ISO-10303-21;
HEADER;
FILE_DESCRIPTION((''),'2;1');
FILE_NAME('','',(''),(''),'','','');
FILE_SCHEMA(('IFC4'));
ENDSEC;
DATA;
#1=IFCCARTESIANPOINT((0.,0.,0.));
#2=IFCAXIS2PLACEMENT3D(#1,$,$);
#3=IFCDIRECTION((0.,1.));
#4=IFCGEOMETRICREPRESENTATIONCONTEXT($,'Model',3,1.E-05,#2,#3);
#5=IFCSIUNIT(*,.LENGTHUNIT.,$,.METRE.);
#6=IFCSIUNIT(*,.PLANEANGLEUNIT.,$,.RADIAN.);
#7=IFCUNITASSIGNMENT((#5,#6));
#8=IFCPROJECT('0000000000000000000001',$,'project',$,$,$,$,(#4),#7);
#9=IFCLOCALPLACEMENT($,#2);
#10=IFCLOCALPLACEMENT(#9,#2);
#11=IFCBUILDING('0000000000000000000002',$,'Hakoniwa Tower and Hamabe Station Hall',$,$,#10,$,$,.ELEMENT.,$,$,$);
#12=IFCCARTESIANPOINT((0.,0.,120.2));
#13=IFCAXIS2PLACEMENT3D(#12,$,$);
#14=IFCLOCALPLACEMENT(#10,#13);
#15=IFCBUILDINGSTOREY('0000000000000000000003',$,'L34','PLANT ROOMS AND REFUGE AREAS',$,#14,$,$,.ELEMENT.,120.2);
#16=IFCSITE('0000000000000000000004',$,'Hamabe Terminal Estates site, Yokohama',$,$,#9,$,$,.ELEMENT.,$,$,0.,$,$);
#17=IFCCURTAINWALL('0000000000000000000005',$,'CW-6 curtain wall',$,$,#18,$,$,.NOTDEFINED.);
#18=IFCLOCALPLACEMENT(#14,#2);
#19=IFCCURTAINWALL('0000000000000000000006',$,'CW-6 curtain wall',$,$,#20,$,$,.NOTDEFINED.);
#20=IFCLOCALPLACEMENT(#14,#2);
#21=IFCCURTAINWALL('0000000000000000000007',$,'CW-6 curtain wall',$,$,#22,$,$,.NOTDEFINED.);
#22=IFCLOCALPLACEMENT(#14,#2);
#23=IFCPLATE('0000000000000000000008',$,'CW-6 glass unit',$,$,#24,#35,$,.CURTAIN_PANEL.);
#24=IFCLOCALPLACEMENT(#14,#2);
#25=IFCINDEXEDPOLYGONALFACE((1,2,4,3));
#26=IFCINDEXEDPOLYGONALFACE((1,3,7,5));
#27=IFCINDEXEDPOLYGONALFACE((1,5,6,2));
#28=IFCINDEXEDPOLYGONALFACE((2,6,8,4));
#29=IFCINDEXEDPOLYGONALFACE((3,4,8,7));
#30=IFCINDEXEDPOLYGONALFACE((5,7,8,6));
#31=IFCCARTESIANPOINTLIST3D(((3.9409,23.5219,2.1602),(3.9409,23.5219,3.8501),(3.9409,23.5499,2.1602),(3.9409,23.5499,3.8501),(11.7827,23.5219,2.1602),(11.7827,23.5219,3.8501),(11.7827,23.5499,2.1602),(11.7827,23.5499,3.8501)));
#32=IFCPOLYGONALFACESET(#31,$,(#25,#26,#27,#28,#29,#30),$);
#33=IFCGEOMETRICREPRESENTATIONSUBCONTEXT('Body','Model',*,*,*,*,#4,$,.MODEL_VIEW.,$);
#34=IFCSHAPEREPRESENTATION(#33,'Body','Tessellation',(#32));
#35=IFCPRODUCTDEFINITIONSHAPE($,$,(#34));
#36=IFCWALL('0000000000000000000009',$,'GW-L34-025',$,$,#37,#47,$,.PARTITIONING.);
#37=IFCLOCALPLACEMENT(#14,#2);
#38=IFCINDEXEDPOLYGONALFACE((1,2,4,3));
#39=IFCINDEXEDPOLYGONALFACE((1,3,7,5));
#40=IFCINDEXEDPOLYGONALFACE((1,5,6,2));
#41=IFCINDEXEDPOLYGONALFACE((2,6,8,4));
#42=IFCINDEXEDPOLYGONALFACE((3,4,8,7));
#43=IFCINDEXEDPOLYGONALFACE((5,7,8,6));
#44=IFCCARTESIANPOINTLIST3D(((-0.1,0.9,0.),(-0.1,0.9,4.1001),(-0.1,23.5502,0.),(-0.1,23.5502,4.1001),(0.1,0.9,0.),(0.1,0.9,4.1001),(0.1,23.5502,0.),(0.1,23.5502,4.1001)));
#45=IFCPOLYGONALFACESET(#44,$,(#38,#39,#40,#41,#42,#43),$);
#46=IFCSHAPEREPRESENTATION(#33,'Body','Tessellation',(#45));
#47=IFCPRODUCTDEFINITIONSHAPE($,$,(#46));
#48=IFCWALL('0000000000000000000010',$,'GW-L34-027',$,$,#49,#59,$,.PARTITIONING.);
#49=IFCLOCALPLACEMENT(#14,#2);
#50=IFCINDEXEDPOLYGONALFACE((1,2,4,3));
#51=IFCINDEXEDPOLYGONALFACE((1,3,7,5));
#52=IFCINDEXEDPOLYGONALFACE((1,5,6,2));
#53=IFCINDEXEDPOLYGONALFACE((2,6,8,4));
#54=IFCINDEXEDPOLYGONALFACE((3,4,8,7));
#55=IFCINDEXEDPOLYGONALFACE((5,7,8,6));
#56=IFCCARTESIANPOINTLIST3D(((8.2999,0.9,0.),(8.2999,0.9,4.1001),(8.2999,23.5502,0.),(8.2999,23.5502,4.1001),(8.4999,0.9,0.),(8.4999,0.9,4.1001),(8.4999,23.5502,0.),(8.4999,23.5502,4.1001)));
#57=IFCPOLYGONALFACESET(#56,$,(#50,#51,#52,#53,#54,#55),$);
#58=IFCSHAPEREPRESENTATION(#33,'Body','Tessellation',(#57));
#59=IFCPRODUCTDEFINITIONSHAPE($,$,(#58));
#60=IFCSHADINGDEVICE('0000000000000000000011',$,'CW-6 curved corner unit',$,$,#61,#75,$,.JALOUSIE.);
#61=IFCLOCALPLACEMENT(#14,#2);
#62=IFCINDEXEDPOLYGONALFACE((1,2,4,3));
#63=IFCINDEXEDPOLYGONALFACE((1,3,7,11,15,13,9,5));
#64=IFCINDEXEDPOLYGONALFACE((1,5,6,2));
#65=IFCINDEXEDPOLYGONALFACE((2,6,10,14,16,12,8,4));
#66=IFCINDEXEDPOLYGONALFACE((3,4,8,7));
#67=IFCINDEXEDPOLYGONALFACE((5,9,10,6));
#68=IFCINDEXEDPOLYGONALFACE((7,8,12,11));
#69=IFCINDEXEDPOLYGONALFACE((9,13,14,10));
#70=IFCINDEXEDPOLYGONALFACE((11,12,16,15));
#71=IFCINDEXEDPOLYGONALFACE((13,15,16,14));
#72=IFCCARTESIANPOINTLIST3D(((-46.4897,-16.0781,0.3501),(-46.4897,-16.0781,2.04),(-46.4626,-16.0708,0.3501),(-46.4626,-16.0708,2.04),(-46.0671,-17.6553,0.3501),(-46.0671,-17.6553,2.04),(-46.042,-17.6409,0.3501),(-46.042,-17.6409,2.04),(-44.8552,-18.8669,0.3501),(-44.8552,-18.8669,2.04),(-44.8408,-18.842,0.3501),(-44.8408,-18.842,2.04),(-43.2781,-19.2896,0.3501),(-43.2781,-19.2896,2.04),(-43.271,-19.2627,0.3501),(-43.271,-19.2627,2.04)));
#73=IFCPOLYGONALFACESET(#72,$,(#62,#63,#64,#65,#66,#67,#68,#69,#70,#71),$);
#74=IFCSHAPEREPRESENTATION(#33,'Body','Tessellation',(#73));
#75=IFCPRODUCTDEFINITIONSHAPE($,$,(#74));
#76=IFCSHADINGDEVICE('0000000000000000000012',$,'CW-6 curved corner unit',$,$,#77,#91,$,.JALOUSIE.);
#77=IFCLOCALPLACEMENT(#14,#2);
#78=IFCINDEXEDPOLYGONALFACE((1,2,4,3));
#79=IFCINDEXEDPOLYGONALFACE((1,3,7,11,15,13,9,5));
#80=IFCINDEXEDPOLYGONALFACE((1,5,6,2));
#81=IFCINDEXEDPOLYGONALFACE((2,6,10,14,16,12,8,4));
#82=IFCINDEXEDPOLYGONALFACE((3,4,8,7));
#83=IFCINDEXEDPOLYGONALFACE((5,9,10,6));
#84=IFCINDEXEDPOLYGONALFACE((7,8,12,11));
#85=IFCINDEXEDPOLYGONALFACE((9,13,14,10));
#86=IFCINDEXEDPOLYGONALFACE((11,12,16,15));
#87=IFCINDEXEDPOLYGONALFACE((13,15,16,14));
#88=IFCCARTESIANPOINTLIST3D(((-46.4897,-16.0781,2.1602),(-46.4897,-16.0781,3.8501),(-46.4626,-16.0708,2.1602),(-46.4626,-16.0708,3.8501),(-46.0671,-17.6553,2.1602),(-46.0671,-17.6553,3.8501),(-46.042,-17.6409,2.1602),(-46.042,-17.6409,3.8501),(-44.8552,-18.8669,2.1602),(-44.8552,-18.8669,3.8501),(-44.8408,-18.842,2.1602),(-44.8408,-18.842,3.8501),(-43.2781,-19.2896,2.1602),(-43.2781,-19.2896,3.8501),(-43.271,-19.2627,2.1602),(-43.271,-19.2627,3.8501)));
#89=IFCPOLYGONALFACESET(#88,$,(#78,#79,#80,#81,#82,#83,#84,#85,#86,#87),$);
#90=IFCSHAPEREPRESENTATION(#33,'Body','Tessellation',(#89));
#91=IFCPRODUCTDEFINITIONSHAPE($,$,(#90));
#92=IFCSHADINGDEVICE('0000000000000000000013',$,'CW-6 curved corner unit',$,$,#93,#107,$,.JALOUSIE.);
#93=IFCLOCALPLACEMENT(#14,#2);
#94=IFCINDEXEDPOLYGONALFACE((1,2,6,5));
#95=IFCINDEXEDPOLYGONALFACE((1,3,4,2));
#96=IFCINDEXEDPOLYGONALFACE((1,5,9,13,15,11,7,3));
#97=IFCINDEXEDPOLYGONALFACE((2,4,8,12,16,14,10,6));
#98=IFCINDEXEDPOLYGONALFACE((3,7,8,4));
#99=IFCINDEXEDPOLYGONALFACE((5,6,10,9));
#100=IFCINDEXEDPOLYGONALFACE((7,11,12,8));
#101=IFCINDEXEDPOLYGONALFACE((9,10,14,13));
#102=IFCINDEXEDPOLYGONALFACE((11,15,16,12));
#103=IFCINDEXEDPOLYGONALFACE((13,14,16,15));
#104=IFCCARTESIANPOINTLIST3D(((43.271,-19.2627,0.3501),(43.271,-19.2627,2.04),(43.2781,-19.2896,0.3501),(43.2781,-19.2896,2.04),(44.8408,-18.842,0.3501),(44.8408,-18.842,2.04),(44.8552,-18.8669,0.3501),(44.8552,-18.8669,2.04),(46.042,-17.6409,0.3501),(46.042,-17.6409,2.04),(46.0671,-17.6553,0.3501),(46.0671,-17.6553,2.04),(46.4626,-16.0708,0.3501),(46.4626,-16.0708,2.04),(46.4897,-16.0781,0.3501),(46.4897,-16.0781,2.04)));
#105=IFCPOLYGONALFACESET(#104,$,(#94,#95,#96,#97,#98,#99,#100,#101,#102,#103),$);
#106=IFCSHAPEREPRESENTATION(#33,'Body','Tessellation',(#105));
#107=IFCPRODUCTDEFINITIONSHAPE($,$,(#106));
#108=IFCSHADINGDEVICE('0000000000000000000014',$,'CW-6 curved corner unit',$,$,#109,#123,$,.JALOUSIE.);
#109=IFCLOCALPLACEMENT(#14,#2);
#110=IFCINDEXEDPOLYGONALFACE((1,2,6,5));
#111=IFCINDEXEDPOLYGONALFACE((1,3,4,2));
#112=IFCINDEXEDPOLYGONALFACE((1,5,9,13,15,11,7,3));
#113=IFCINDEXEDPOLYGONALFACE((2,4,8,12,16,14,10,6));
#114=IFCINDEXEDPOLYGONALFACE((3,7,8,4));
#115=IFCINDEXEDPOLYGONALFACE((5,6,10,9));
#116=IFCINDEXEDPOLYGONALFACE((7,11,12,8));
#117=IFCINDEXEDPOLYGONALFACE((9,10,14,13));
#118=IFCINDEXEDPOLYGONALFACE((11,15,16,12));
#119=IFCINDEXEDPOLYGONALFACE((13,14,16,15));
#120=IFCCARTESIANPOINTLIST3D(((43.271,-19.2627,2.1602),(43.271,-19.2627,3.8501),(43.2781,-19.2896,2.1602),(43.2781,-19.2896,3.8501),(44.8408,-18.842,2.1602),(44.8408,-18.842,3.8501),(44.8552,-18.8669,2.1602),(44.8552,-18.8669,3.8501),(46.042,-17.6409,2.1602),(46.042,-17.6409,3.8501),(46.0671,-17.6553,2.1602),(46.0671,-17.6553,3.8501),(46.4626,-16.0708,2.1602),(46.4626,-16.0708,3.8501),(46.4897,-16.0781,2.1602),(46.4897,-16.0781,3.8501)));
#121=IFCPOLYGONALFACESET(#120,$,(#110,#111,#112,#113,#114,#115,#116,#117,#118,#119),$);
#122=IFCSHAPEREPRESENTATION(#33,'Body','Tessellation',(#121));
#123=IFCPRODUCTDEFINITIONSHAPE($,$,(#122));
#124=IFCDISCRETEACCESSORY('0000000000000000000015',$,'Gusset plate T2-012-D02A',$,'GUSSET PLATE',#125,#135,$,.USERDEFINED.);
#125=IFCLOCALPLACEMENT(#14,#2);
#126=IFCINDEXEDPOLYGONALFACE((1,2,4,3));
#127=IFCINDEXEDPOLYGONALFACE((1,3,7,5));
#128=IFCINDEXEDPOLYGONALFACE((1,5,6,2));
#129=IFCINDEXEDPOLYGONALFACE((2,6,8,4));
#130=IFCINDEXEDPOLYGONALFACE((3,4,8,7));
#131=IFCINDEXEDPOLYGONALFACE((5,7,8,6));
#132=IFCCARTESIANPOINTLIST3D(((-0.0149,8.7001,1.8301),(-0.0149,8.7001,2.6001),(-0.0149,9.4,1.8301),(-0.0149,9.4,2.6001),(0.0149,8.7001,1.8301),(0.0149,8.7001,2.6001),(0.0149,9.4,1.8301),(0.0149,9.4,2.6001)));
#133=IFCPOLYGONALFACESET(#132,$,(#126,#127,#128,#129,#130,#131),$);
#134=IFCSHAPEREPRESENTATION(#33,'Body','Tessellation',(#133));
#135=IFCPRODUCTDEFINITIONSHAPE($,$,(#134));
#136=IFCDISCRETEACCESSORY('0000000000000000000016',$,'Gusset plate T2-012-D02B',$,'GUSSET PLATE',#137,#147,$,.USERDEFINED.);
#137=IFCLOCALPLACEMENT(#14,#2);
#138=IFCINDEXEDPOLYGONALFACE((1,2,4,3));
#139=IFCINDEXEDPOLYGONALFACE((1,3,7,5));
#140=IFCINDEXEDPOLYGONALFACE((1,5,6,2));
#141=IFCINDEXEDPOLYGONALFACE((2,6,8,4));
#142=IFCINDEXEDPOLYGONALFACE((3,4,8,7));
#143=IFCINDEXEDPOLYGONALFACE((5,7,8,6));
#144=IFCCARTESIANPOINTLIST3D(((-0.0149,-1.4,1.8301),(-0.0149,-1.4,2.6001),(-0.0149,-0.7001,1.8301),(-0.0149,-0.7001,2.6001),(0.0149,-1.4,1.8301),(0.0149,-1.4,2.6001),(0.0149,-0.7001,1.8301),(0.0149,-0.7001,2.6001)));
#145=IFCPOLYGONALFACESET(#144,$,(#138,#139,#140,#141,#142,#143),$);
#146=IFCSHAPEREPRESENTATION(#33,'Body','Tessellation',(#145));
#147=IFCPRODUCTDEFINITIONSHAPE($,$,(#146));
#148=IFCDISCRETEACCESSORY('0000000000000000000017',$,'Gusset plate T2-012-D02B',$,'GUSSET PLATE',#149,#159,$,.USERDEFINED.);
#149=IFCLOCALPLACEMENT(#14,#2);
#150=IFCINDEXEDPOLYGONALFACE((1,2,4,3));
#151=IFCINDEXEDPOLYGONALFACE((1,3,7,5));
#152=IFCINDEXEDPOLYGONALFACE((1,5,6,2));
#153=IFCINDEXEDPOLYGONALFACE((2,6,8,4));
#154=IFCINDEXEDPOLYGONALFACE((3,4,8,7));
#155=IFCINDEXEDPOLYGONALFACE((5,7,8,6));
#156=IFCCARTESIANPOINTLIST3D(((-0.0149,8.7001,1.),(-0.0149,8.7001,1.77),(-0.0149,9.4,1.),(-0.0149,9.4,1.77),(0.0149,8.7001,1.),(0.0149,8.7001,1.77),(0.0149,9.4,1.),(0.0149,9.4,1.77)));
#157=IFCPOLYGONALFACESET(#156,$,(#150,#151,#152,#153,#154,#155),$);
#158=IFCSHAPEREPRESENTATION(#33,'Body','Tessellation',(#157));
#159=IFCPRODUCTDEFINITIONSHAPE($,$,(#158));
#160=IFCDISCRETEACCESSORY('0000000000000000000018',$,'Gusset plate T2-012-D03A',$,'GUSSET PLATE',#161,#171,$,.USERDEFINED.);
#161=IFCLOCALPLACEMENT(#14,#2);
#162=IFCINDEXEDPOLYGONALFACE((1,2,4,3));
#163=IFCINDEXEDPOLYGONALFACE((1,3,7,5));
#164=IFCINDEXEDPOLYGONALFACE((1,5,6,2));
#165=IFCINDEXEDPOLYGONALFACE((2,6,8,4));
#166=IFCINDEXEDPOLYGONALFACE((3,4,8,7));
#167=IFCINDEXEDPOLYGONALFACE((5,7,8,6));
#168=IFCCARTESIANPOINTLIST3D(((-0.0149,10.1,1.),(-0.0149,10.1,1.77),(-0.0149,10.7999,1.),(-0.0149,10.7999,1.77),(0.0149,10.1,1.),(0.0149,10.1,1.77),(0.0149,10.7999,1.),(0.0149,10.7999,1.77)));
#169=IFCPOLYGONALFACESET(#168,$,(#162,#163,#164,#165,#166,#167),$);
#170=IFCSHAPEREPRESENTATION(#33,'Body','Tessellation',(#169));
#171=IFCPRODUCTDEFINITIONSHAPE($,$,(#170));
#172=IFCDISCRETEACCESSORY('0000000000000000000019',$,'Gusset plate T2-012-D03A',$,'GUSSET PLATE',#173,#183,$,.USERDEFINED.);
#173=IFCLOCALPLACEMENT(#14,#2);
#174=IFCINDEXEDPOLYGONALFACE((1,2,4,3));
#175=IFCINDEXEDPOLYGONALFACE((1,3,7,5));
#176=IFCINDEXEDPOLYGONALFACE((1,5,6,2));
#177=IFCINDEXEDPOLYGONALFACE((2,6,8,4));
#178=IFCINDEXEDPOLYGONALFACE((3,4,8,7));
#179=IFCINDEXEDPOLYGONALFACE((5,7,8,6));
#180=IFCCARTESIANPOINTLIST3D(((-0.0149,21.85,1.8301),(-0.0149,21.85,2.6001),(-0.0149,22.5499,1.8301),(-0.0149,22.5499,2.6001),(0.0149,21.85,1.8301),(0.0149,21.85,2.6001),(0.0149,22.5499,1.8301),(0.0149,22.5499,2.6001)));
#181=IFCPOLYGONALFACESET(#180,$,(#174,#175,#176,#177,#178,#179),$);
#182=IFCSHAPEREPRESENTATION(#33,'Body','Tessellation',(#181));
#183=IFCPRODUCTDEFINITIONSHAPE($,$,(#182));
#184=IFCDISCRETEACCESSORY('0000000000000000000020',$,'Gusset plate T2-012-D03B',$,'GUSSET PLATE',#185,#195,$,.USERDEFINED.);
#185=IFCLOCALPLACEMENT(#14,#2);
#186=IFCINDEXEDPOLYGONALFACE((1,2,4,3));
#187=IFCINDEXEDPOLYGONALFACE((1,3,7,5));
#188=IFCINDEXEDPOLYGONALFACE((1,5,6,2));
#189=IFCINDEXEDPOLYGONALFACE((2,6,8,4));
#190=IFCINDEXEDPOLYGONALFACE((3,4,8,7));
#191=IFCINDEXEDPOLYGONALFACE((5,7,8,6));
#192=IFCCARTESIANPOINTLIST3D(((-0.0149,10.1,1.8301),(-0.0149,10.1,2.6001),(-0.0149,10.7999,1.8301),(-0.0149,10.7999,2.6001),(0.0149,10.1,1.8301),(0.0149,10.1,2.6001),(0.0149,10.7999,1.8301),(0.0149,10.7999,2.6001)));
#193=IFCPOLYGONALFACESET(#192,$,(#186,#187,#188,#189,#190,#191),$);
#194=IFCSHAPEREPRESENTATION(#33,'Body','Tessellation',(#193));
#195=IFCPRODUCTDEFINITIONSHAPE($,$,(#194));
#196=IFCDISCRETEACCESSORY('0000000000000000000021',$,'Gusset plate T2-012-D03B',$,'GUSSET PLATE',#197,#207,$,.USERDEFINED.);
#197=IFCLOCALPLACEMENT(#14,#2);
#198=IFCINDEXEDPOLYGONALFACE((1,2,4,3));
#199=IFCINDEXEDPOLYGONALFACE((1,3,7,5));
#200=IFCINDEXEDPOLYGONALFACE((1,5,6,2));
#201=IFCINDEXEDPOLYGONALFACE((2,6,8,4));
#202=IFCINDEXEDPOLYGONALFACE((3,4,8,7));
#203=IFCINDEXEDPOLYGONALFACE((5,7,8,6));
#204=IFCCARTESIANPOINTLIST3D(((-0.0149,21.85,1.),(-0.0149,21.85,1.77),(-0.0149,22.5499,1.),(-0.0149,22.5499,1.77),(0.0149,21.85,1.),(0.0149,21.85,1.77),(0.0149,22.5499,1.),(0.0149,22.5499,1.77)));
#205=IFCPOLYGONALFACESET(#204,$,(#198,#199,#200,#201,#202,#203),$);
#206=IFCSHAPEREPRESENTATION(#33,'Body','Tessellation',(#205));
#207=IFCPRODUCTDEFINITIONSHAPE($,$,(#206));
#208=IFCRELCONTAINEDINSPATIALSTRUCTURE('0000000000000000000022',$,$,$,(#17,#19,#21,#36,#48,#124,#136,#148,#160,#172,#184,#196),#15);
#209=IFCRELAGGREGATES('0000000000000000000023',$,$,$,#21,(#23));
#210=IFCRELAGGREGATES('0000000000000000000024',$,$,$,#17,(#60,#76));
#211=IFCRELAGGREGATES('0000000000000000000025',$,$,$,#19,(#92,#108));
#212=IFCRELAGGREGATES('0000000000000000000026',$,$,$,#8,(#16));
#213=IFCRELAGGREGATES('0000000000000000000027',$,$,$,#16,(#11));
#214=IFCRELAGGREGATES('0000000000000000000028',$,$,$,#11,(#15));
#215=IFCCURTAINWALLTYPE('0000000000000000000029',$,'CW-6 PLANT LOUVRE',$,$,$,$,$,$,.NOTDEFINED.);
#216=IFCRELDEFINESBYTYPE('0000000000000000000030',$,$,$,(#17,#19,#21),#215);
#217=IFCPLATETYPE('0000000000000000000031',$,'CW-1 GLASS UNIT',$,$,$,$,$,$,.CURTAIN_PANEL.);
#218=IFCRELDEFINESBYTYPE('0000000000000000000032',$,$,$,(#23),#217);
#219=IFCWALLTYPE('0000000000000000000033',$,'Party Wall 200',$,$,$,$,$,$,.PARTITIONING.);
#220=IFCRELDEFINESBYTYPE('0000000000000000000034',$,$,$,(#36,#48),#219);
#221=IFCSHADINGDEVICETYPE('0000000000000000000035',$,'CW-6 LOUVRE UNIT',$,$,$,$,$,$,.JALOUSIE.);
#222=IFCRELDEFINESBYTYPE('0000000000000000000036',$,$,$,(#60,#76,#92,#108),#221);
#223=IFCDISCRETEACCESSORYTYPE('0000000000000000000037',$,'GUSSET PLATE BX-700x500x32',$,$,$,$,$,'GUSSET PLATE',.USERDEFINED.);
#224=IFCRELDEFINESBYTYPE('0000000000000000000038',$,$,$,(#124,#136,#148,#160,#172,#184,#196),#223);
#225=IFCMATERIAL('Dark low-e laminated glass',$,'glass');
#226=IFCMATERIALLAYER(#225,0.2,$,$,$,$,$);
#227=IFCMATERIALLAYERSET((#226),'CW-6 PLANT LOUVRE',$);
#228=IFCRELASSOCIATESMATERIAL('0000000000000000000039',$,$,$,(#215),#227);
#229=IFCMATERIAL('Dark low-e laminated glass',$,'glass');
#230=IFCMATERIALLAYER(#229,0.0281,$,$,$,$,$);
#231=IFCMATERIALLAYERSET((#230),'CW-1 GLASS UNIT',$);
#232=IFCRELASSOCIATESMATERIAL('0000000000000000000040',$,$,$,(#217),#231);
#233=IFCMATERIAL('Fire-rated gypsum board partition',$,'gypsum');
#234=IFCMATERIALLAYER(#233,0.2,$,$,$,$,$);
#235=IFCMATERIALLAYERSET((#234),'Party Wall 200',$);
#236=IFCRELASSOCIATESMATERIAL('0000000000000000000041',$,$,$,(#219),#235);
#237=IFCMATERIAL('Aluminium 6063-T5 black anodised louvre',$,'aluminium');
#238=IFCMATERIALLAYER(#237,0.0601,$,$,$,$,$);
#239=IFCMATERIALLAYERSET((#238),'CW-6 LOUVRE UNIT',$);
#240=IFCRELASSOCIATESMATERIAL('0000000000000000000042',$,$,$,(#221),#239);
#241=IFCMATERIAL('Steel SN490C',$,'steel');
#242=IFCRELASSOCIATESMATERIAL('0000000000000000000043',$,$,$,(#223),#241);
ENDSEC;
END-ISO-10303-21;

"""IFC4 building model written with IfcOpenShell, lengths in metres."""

from ifc_helpers import new_model, si_unit, direction, frame, frame_2d, origin, origin_2d, place, context, subcontext, project, spatial, polyline, rectangle, outline, extrude, material, layer, layer_set, material_profile, profile_set, type_object, element, aggregate, save


model = new_model("IFC4")

# Units and contexts
model_context = context("Model", 3, precision=1e-05, world=origin(), true_north=direction((0.0, 1.0)))
body_context = subcontext(model_context, "Body", "Model", "MODEL_VIEW")
ifc_project = project(units=[si_unit("LENGTHUNIT", "METRE"), si_unit("PLANEANGLEUNIT", "RADIAN")], contexts=[model_context])

# Site, building, storey
site_placement = place(None, origin())
site = spatial("IfcSite", under=ifc_project, at=site_placement, Name="Hamabe Terminal Estates site, Yokohama", CompositionType="ELEMENT", RefElevation=0.0)
building_placement = place(site_placement, origin())
building = spatial("IfcBuilding", under=site, at=building_placement, Name="Hakoniwa Tower and Hamabe Station Hall", CompositionType="ELEMENT")
storey_placement = place(building_placement, frame((0.0, 0.0, 120.2)))
storey = spatial("IfcBuildingStorey", under=building, at=storey_placement, Name="L34", Description="PLANT ROOMS AND REFUGE AREAS", CompositionType="ELEMENT", Elevation=120.2)

# Curtain walls
ifc_material_1 = material(Name="Dark low-e laminated glass", Category="glass")
ifc_layer_1 = layer(ifc_material_1, 0.2)
ifc_layer_set_1 = layer_set([ifc_layer_1], Name="CW-6 PLANT LOUVRE")
curtain_wall_type = type_object("IfcCurtainWallType", Name="CW-6 PLANT LOUVRE", PredefinedType="NOTDEFINED", material=ifc_layer_set_1)
curtain_wall_1_placement = place(storey_placement, origin())
curtain_wall_1 = element("IfcCurtainWall", 1, at=curtain_wall_1_placement, inside=storey, type_object=curtain_wall_type, Name="CW-6 curtain wall", PredefinedType="NOTDEFINED")
curtain_wall_2_placement = place(storey_placement, origin())
curtain_wall_2 = element("IfcCurtainWall", 2, at=curtain_wall_2_placement, inside=storey, type_object=curtain_wall_type, Name="CW-6 curtain wall", PredefinedType="NOTDEFINED")

# Curtain wall, plate
curtain_wall_3_placement = place(storey_placement, origin())
curtain_wall_3 = element("IfcCurtainWall", 3, at=curtain_wall_3_placement, inside=storey, type_object=curtain_wall_type, Name="CW-6 curtain wall", PredefinedType="NOTDEFINED")
ifc_material_2 = material(Name="Dark low-e laminated glass", Category="glass")
ifc_layer_2 = layer(ifc_material_2, 0.0281)
ifc_layer_set_2 = layer_set([ifc_layer_2], Name="CW-1 GLASS UNIT")
plate_type = type_object("IfcPlateType", Name="CW-1 GLASS UNIT", PredefinedType="CURTAIN_PANEL", material=ifc_layer_set_2)
plate_1_placement = place(storey_placement, frame((7.8618, 23.5359, 2.1602), z_axis=(0.0, 0.0, 1.0), x_axis=(-1.0, 0.0, 0.0)))
plate_1 = element("IfcPlate", 4, at=plate_1_placement, type_object=plate_type, Name="CW-6 glass unit", PredefinedType="CURTAIN_PANEL", context=body_context, shape_type="SweptSolid", body=[
    extrude(rectangle(XDim=7.8418, YDim=0.0281, at=origin_2d()), origin(), (0.0, 0.0, 1.0), 1.6899),
])
aggregate(curtain_wall_3, [plate_1])

# Walls
ifc_material_3 = material(Name="Fire-rated gypsum board partition", Category="gypsum")
ifc_layer_3 = layer(ifc_material_3, 0.2)
ifc_layer_set_3 = layer_set([ifc_layer_3], Name="Party Wall 200")
wall_type = type_object("IfcWallType", Name="Party Wall 200", PredefinedType="PARTITIONING", material=ifc_layer_set_3)
for number, where, z_axis, x_axis, name in (
    (5, (0.0, 0.8999, 0.0), (0.0, 0.0, 1.0), (0.0, 1.0, 0.0), "GW-L34-025"),
    (6, (8.3999, 0.8999, 0.0), (0.0, 0.0, 1.0), (0.0, 1.0, 0.0), "GW-L34-027"),
):
    element("IfcWall", number, at=place(storey_placement, frame(where, z_axis=z_axis, x_axis=x_axis)), inside=storey, type_object=wall_type, Name=name, PredefinedType="PARTITIONING", context=body_context, shape_type="SweptSolid", body=[
        extrude(rectangle(XDim=22.6501, YDim=0.2, at=frame_2d((11.3252, 0.0))), origin(), (0.0, 0.0, 1.0), 4.1001),
    ])

# Shading devices
ifc_material_4 = material(Name="Aluminium 6063-T5 black anodised louvre", Category="aluminium")
ifc_layer_4 = layer(ifc_material_4, 0.0601)
ifc_layer_set_4 = layer_set([ifc_layer_4], Name="CW-6 LOUVRE UNIT")
shading_device_type = type_object("IfcShadingDeviceType", Name="CW-6 LOUVRE UNIT", PredefinedType="JALOUSIE", material=ifc_layer_set_4)
shading_device_1_placement = place(storey_placement, frame((0.0, 0.0, 0.3501)))
shading_device_1 = element("IfcShadingDevice", 7, at=shading_device_1_placement, type_object=shading_device_type, Name="CW-6 curved corner unit", PredefinedType="JALOUSIE", context=body_context, shape_type="SweptSolid", body=[
    extrude(outline(polyline([(-46.4897, -16.0781), (-46.0671, -17.6553), (-44.8552, -18.8669), (-43.2781, -19.2896), (-43.271, -19.2627), (-44.8408, -18.842), (-46.042, -17.6409), (-46.4626, -16.0708), (-46.4897, -16.0781)])), origin(), (0.0, 0.0, 1.0), 1.6899),
])
shading_device_2_placement = place(storey_placement, frame((0.0, 0.0, 2.1602)))
shading_device_2 = element("IfcShadingDevice", 8, at=shading_device_2_placement, type_object=shading_device_type, Name="CW-6 curved corner unit", PredefinedType="JALOUSIE", context=body_context, shape_type="SweptSolid", body=[
    extrude(outline(polyline([(-46.4897, -16.0781), (-46.0671, -17.6553), (-44.8552, -18.8669), (-43.2781, -19.2896), (-43.271, -19.2627), (-44.8408, -18.842), (-46.042, -17.6409), (-46.4626, -16.0708), (-46.4897, -16.0781)])), origin(), (0.0, 0.0, 1.0), 1.6899),
])
aggregate(curtain_wall_1, [shading_device_1, shading_device_2])
shading_device_3_placement = place(storey_placement, frame((0.0, 0.0, 0.3501)))
shading_device_3 = element("IfcShadingDevice", 9, at=shading_device_3_placement, type_object=shading_device_type, Name="CW-6 curved corner unit", PredefinedType="JALOUSIE", context=body_context, shape_type="SweptSolid", body=[
    extrude(outline(polyline([(43.2781, -19.2896), (44.8552, -18.8669), (46.0671, -17.6553), (46.4897, -16.0781), (46.4626, -16.0708), (46.042, -17.6409), (44.8408, -18.842), (43.271, -19.2627), (43.2781, -19.2896)])), origin(), (0.0, 0.0, 1.0), 1.6899),
])
shading_device_4_placement = place(storey_placement, frame((0.0, 0.0, 2.1602)))
shading_device_4 = element("IfcShadingDevice", 10, at=shading_device_4_placement, type_object=shading_device_type, Name="CW-6 curved corner unit", PredefinedType="JALOUSIE", context=body_context, shape_type="SweptSolid", body=[
    extrude(outline(polyline([(43.2781, -19.2896), (44.8552, -18.8669), (46.0671, -17.6553), (46.4897, -16.0781), (46.4626, -16.0708), (46.042, -17.6409), (44.8408, -18.842), (43.271, -19.2627), (43.2781, -19.2896)])), origin(), (0.0, 0.0, 1.0), 1.6899),
])
aggregate(curtain_wall_2, [shading_device_3, shading_device_4])

# Discrete accessories
ifc_material_5 = material(Name="Steel SN490C", Category="steel")
ifc_material_profile_1 = material_profile(ifc_material_5, rectangle(XDim=0.7, YDim=0.77, at=origin_2d()), Name="GUSSET PLATE BX-700x500x32")
ifc_profile_set_1 = profile_set([ifc_material_profile_1], Name="Steel SN490C")
discrete_accessory_type = type_object("IfcDiscreteAccessoryType", Name="GUSSET PLATE BX-700x500x32", ElementType="GUSSET PLATE", PredefinedType="USERDEFINED", material=ifc_profile_set_1)
for number, where, z_axis, x_axis, name in (
    (11, (0.0149, 9.05, 2.2151), (-1.0, 0.0, 0.0), (0.0, -1.0, 0.0), "Gusset plate T2-012-D02A"),
    (12, (0.0149, -1.05, 2.2151), (-1.0, 0.0, 0.0), (0.0, -1.0, 0.0), "Gusset plate T2-012-D02B"),
    (13, (0.0149, 9.05, 1.385), (-1.0, 0.0, 0.0), (0.0, -1.0, 0.0), "Gusset plate T2-012-D02B"),
    (14, (0.0149, 10.45, 1.385), (-1.0, 0.0, 0.0), (0.0, -1.0, 0.0), "Gusset plate T2-012-D03A"),
    (15, (0.0149, 22.2, 2.2151), (-1.0, 0.0, 0.0), (0.0, -1.0, 0.0), "Gusset plate T2-012-D03A"),
    (16, (0.0149, 10.45, 2.2151), (-1.0, 0.0, 0.0), (0.0, -1.0, 0.0), "Gusset plate T2-012-D03B"),
    (17, (0.0149, 22.2, 1.385), (-1.0, 0.0, 0.0), (0.0, -1.0, 0.0), "Gusset plate T2-012-D03B"),
):
    element("IfcDiscreteAccessory", number, at=place(storey_placement, frame(where, z_axis=z_axis, x_axis=x_axis)), inside=storey, type_object=discrete_accessory_type, Name=name, ObjectType="GUSSET PLATE", PredefinedType="USERDEFINED", context=body_context, shape_type="SweptSolid", body=[
        extrude(rectangle(XDim=0.7, YDim=0.77, at=origin_2d()), origin(), (0.0, 0.0, 1.0), 0.0298),
    ])

save(model, "model.ifc")
